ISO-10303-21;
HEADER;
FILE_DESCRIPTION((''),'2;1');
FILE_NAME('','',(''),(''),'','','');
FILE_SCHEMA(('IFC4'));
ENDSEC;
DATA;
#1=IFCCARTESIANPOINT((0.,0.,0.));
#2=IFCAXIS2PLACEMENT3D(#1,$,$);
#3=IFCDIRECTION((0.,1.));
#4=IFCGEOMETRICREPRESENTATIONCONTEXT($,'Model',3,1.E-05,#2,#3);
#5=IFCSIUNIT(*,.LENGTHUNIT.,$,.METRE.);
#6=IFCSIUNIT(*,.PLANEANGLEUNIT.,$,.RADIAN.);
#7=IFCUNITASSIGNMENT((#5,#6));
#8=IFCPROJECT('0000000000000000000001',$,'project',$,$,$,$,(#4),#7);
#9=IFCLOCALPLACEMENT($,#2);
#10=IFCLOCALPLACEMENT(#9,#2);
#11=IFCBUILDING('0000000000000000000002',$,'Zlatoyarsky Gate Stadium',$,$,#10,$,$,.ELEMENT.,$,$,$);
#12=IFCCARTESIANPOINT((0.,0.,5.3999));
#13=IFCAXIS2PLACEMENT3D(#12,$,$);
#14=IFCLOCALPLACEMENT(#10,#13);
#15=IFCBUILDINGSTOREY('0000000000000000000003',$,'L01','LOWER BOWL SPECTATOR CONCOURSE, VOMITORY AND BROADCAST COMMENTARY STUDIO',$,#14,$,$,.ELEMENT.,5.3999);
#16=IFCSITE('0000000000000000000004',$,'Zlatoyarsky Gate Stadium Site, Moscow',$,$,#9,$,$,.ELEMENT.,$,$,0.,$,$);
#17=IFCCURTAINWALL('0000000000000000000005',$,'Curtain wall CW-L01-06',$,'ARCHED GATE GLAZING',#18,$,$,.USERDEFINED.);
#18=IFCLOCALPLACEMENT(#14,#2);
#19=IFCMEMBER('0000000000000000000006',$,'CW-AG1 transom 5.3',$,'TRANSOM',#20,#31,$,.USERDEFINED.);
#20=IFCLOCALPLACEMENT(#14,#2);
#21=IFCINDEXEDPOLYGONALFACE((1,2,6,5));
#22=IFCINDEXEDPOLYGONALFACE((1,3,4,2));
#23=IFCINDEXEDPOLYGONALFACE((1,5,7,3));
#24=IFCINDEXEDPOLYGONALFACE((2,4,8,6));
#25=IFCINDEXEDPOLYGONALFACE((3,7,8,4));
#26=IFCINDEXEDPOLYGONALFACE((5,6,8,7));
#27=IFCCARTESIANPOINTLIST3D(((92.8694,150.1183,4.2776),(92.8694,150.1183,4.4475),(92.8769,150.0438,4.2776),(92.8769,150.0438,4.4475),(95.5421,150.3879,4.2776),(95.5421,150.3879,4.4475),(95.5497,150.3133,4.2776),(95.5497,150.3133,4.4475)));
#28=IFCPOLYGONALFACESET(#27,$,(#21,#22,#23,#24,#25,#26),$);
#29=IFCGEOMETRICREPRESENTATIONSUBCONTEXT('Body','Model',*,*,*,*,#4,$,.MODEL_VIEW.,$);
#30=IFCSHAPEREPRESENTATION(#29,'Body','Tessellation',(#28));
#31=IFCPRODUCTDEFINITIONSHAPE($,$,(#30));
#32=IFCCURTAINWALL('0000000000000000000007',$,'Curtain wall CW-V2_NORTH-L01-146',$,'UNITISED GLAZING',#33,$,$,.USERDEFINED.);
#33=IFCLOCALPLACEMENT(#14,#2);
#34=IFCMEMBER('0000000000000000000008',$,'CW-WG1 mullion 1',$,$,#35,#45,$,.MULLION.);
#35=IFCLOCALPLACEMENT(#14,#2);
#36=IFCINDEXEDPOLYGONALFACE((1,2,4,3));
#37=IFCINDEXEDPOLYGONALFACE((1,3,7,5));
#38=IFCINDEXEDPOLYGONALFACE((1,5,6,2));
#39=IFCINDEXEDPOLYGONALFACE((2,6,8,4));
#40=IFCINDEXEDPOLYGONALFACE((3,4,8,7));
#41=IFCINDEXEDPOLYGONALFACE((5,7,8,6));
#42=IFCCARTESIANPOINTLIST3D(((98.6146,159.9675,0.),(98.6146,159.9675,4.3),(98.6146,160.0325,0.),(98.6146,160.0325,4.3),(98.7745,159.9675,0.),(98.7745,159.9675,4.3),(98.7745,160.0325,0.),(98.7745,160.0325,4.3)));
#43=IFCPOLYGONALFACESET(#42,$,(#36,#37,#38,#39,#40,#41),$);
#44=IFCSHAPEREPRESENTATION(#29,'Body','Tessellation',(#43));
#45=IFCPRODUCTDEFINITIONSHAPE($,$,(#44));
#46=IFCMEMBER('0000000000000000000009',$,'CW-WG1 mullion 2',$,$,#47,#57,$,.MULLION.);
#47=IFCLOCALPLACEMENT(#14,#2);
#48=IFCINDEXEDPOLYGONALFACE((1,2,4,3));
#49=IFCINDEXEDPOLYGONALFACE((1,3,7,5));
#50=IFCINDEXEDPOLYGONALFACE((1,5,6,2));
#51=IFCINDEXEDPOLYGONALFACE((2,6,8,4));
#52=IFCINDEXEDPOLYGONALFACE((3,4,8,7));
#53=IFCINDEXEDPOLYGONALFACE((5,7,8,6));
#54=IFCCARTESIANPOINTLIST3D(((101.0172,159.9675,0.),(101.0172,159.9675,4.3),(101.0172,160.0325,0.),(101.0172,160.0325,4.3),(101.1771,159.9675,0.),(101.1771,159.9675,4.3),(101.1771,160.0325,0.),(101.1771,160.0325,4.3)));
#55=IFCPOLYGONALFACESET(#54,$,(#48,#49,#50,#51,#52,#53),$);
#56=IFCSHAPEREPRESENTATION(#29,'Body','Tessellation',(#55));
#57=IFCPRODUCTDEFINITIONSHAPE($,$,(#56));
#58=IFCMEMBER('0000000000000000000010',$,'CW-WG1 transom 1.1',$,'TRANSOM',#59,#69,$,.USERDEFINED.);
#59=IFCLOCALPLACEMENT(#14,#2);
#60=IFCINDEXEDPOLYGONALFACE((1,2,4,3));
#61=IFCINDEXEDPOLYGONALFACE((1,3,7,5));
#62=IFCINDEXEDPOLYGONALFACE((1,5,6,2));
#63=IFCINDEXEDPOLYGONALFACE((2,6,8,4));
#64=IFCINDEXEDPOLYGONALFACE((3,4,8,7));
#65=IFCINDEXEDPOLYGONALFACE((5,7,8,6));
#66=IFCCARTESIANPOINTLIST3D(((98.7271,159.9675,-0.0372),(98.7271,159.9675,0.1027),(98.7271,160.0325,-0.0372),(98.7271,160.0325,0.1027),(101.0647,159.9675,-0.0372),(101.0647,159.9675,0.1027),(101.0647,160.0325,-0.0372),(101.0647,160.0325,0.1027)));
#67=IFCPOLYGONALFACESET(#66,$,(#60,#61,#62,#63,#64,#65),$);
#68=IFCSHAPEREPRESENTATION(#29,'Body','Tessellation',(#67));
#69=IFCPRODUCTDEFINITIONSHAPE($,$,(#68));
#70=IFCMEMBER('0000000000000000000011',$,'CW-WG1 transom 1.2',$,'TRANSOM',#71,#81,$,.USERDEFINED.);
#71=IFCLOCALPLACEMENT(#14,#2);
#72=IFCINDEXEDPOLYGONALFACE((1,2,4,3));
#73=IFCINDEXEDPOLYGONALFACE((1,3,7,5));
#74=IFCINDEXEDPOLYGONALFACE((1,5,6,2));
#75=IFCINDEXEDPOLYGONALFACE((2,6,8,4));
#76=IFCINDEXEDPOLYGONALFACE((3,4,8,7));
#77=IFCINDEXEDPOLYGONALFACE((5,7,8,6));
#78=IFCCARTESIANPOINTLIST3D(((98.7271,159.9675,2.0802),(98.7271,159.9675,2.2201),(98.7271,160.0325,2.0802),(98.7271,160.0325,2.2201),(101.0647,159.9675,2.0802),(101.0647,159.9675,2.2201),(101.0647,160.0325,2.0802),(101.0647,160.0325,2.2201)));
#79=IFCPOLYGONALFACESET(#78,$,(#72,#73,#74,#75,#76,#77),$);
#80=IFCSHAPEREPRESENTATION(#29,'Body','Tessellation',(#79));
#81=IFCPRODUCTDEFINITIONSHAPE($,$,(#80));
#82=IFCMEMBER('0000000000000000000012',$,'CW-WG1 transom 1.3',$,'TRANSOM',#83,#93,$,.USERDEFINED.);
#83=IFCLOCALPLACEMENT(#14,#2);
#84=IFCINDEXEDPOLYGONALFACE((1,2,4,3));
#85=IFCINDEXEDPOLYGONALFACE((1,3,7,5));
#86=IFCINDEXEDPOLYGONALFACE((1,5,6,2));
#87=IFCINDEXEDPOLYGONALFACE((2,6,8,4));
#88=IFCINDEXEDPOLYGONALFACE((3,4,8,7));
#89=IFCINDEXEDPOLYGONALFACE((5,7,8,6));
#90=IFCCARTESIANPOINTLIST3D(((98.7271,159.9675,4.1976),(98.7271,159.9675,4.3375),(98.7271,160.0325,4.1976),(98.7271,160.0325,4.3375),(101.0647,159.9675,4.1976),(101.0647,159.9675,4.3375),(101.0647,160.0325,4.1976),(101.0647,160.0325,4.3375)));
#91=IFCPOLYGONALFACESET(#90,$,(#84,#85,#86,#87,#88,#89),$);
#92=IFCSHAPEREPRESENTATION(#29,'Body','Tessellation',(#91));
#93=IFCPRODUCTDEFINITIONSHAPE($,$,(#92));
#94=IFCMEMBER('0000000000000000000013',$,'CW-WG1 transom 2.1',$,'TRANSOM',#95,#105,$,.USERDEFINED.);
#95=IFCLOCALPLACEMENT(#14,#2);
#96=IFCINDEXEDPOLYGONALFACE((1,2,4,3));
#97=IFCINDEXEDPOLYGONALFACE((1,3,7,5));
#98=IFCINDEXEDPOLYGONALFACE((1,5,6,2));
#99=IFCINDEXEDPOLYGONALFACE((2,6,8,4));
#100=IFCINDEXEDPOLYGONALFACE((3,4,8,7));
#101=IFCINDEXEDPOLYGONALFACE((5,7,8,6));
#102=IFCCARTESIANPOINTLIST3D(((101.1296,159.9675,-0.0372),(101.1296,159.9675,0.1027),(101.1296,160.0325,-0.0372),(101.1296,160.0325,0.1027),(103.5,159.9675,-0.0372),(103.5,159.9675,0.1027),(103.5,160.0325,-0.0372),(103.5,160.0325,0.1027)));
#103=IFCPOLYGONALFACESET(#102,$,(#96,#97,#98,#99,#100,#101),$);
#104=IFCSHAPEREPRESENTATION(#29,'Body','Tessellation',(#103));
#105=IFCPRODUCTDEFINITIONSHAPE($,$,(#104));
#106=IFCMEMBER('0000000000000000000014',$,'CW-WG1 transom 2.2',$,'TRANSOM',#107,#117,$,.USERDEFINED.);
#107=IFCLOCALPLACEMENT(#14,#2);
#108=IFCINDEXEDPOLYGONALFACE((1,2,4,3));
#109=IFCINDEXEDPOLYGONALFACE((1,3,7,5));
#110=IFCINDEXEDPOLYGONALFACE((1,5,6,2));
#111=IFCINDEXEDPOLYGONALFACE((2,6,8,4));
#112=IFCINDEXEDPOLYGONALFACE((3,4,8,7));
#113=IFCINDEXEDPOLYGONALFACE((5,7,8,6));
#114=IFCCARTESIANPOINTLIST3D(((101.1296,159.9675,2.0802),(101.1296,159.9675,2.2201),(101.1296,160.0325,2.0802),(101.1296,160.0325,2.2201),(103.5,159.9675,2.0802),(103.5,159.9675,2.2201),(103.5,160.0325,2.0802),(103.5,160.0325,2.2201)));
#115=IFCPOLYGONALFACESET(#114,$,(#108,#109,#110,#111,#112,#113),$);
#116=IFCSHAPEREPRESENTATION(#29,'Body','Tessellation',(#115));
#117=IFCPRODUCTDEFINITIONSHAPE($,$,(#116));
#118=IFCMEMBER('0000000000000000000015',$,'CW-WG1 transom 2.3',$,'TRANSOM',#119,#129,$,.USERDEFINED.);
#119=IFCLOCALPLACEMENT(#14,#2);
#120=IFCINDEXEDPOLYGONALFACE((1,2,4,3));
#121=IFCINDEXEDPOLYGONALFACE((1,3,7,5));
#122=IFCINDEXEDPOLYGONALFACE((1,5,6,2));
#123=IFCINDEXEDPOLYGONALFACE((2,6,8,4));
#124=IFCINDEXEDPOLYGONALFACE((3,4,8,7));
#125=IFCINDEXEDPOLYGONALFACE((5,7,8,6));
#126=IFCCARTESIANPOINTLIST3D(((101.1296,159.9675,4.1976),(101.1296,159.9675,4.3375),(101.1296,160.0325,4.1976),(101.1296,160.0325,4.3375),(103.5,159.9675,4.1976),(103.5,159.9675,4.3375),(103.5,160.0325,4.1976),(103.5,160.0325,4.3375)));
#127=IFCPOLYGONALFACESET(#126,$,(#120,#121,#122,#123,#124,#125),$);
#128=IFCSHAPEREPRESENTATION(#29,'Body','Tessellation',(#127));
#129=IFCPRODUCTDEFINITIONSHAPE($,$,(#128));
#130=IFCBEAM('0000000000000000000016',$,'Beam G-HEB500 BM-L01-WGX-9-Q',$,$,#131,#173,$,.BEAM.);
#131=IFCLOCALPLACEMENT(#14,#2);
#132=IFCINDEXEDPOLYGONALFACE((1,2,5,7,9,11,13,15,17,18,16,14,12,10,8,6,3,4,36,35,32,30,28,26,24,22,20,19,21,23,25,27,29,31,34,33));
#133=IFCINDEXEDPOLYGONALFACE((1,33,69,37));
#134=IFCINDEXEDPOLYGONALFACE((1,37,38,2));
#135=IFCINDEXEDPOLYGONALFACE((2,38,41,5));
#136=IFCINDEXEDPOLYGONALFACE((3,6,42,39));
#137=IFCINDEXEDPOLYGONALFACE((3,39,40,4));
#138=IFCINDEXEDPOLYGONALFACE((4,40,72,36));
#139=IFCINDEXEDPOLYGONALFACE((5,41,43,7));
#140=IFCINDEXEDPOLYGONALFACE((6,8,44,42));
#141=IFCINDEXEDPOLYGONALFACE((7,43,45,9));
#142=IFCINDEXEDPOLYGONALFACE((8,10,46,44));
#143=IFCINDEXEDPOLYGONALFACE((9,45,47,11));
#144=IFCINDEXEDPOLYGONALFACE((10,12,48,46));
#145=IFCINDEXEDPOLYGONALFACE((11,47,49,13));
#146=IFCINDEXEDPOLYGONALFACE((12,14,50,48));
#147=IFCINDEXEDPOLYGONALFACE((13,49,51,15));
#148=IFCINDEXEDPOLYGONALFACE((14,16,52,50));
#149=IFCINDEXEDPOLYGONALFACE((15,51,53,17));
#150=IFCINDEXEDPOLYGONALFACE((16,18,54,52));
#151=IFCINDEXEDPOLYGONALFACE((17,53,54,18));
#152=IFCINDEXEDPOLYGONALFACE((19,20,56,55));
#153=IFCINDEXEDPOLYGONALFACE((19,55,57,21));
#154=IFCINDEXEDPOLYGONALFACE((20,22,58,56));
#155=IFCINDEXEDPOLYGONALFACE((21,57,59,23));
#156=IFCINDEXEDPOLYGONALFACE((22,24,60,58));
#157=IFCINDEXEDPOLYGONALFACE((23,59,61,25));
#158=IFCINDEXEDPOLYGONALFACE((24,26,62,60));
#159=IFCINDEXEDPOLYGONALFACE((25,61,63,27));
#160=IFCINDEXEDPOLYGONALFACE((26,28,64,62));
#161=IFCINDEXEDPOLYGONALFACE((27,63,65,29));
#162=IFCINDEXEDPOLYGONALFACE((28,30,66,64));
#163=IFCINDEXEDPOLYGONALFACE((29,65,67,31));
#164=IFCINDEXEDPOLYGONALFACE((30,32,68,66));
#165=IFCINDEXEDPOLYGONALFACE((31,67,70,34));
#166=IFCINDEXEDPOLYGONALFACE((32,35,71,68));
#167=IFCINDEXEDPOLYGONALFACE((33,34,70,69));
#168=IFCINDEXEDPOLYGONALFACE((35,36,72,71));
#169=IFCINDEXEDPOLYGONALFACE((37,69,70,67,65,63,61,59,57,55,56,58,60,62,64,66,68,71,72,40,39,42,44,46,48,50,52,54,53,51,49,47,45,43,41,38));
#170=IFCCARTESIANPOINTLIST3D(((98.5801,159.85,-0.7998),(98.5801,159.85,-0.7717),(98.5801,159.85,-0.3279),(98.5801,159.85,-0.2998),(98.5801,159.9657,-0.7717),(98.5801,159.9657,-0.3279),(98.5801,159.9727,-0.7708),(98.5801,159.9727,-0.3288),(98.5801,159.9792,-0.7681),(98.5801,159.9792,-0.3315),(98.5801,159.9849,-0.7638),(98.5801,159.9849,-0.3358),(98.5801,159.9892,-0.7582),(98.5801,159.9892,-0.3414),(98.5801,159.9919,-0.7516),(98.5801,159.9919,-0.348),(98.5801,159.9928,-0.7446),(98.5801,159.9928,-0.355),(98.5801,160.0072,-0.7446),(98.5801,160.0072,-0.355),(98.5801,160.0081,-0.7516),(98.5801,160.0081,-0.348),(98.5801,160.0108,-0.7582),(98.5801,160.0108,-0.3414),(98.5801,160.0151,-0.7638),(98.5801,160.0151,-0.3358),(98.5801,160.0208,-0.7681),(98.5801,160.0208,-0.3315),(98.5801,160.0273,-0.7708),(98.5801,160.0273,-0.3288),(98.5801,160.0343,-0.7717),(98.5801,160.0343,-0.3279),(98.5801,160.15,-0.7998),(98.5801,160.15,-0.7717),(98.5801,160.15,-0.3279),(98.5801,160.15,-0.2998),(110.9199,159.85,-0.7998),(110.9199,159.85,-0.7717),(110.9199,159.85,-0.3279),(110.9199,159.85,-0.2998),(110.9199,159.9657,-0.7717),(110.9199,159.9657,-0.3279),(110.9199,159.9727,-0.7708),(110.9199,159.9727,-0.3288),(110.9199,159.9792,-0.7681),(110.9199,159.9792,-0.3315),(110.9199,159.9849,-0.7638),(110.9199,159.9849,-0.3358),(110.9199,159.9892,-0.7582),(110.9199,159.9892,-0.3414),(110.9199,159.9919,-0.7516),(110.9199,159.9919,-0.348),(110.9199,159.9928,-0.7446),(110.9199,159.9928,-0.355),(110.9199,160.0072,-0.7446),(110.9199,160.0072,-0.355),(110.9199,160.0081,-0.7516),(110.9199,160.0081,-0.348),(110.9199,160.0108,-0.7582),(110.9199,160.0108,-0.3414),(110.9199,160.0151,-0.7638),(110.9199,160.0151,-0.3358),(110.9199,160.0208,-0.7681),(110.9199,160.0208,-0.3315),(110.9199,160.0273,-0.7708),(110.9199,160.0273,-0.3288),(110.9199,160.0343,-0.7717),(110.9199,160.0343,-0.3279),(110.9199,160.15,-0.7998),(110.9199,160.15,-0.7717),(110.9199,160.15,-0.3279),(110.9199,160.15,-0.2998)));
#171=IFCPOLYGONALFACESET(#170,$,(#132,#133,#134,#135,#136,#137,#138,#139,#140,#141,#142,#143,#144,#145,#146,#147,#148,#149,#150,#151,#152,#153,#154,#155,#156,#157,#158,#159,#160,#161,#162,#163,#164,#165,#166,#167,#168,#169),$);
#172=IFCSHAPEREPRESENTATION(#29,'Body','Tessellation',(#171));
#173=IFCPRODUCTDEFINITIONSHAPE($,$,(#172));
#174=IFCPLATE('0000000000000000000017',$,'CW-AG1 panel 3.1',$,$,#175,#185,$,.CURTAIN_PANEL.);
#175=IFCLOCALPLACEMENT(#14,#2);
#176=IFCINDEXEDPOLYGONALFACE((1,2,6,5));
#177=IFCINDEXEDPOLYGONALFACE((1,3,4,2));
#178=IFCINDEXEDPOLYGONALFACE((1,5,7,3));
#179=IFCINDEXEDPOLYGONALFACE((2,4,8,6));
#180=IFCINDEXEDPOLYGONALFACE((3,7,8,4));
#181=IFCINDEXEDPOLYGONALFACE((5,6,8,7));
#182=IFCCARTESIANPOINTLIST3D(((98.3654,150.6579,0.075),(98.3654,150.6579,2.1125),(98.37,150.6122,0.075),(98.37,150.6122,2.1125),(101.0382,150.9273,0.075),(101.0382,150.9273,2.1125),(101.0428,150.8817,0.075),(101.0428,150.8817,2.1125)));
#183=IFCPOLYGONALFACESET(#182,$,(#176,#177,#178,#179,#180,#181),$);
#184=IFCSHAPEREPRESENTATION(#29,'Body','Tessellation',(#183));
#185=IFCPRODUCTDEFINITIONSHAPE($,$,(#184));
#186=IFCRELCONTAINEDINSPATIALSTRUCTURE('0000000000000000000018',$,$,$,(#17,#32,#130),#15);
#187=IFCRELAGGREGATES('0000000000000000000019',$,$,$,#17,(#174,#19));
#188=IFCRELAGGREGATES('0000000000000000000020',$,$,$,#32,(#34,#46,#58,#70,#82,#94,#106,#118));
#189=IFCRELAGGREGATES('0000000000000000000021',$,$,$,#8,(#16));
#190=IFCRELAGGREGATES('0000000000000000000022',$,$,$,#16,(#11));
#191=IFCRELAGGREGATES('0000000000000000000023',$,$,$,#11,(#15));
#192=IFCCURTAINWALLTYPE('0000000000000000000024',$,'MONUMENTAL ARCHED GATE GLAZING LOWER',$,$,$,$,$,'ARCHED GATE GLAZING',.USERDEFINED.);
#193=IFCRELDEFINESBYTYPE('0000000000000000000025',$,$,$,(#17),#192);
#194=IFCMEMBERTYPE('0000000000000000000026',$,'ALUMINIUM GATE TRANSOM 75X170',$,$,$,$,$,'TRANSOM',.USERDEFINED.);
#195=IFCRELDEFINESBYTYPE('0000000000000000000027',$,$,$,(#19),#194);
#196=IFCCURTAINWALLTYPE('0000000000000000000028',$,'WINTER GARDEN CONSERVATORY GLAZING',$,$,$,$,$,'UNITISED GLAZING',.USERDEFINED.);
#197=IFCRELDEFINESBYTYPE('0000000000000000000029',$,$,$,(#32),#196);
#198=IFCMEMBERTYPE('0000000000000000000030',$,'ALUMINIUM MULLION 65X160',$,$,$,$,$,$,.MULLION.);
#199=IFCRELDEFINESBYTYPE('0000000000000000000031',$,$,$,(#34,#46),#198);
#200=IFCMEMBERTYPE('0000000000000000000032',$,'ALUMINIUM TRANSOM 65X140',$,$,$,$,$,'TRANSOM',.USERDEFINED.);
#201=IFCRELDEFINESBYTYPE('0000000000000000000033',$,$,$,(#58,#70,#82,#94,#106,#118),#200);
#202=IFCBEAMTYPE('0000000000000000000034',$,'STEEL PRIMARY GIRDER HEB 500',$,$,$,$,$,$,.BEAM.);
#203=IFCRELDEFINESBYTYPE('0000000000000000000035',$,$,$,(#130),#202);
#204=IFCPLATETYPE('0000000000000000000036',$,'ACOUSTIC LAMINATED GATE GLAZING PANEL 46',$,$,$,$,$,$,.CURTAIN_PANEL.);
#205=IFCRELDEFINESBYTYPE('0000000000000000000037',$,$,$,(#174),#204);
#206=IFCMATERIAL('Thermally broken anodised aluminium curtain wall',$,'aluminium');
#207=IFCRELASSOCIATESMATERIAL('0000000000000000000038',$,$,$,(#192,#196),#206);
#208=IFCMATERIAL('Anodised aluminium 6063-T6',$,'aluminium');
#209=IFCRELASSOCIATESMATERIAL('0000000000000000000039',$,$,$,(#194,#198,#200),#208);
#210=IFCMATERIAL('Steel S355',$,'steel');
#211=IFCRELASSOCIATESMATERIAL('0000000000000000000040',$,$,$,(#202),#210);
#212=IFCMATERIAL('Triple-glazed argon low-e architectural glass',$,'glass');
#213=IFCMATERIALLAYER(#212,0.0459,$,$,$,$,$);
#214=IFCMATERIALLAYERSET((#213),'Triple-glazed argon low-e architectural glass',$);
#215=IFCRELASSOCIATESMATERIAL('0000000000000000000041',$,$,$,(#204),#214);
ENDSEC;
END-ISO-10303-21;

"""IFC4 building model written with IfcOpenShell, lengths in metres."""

from ifc_helpers import new_model, si_unit, direction, frame, origin, origin_2d, place, context, subcontext, project, spatial, rectangle, i_section, extrude, material, layer, layer_set, material_profile, profile_set, type_object, element, aggregate, save


model = new_model("IFC4")

# Units and contexts
model_context = context("Model", 3, precision=1e-05, world=origin(), true_north=direction((0.0, 1.0)))
body_context = subcontext(model_context, "Body", "Model", "MODEL_VIEW")
ifc_project = project(units=[si_unit("LENGTHUNIT", "METRE"), si_unit("PLANEANGLEUNIT", "RADIAN")], contexts=[model_context])

# Site, building, storey
site_placement = place(None, origin())
site = spatial("IfcSite", under=ifc_project, at=site_placement, Name="Zlatoyarsky Gate Stadium Site, Moscow", CompositionType="ELEMENT", RefElevation=0.0)
building_placement = place(site_placement, origin())
building = spatial("IfcBuilding", under=site, at=building_placement, Name="Zlatoyarsky Gate Stadium", CompositionType="ELEMENT")
storey_placement = place(building_placement, frame((0.0, 0.0, 5.3999)))
storey = spatial("IfcBuildingStorey", under=building, at=storey_placement, Name="L01", Description="LOWER BOWL SPECTATOR CONCOURSE, VOMITORY AND BROADCAST COMMENTARY STUDIO", CompositionType="ELEMENT", Elevation=5.3999)

# Shared definitions
ifc_material_1 = material(Name="Steel S355", Category="steel")

# Curtain walls, members
ifc_material_2 = material(Name="Thermally broken anodised aluminium curtain wall", Category="aluminium")
curtain_wall_type_1 = type_object("IfcCurtainWallType", Name="MONUMENTAL ARCHED GATE GLAZING LOWER", ElementType="ARCHED GATE GLAZING", PredefinedType="USERDEFINED", material=ifc_material_2)
curtain_wall_1_placement = place(storey_placement, origin())
curtain_wall_1 = element("IfcCurtainWall", 1, at=curtain_wall_1_placement, inside=storey, type_object=curtain_wall_type_1, Name="Curtain wall CW-L01-06", ObjectType="ARCHED GATE GLAZING", PredefinedType="USERDEFINED")
ifc_material_3 = material(Name="Anodised aluminium 6063-T6", Category="aluminium")
ifc_material_profile_1 = material_profile(ifc_material_3, rectangle(XDim=0.075, YDim=0.1699, at=origin_2d()), Name="ALU 75X170")
ifc_profile_set_1 = profile_set([ifc_material_profile_1], Name="Anodised aluminium 6063-T6")
member_type_1 = type_object("IfcMemberType", Name="ALUMINIUM GATE TRANSOM 75X170", ElementType="TRANSOM", PredefinedType="USERDEFINED", material=ifc_profile_set_1)
member_1_placement = place(storey_placement, frame((95.5459, 150.3506, 4.3625), z_axis=(-0.994953, -0.100341, 0.0), x_axis=(0.100341, -0.994953, 0.0)))
member_1 = element("IfcMember", 2, at=member_1_placement, type_object=member_type_1, Name="CW-AG1 transom 5.3", ObjectType="TRANSOM", PredefinedType="USERDEFINED", context=body_context, shape_type="SweptSolid", body=[
    extrude(rectangle(XDim=0.075, YDim=0.1699, at=origin_2d()), origin(), (0.0, 0.0, 1.0), 2.6863),
])
curtain_wall_type_2 = type_object("IfcCurtainWallType", Name="WINTER GARDEN CONSERVATORY GLAZING", ElementType="UNITISED GLAZING", PredefinedType="USERDEFINED", material=ifc_material_2)
curtain_wall_2_placement = place(storey_placement, origin())
curtain_wall_2 = element("IfcCurtainWall", 3, at=curtain_wall_2_placement, inside=storey, type_object=curtain_wall_type_2, Name="Curtain wall CW-V2_NORTH-L01-146", ObjectType="UNITISED GLAZING", PredefinedType="USERDEFINED")
ifc_material_profile_2 = material_profile(ifc_material_3, rectangle(XDim=0.0649, YDim=0.1599, at=origin_2d()), Name="ALU 65X160")
ifc_profile_set_2 = profile_set([ifc_material_profile_2], Name="Anodised aluminium 6063-T6")
member_type_2 = type_object("IfcMemberType", Name="ALUMINIUM MULLION 65X160", PredefinedType="MULLION", material=ifc_profile_set_2)
member_2_placement = place(storey_placement, frame((98.6946, 160.0, 0.0), z_axis=(0.0, 0.0, 1.0), x_axis=(0.0, 1.0, 0.0)))
member_2 = element("IfcMember", 4, at=member_2_placement, type_object=member_type_2, Name="CW-WG1 mullion 1", PredefinedType="MULLION", context=body_context, shape_type="SweptSolid", body=[
    extrude(rectangle(XDim=0.0649, YDim=0.1599, at=origin_2d()), origin(), (0.0, 0.0, 1.0), 4.3),
])
member_3_placement = place(storey_placement, frame((101.0972, 160.0, 0.0), z_axis=(0.0, 0.0, 1.0), x_axis=(0.0, 1.0, 0.0)))
member_3 = element("IfcMember", 5, at=member_3_placement, type_object=member_type_2, Name="CW-WG1 mullion 2", PredefinedType="MULLION", context=body_context, shape_type="SweptSolid", body=[
    extrude(rectangle(XDim=0.0649, YDim=0.1599, at=origin_2d()), origin(), (0.0, 0.0, 1.0), 4.3),
])
ifc_material_profile_3 = material_profile(ifc_material_3, rectangle(XDim=0.0649, YDim=0.1399, at=origin_2d()), Name="ALU 65X140")
ifc_profile_set_3 = profile_set([ifc_material_profile_3], Name="Anodised aluminium 6063-T6")
member_type_3 = type_object("IfcMemberType", Name="ALUMINIUM TRANSOM 65X140", ElementType="TRANSOM", PredefinedType="USERDEFINED", material=ifc_profile_set_3)
member_4_placement = place(storey_placement, frame((98.7271, 160.0, 0.0327), z_axis=(1.0, 0.0, 0.0), x_axis=(0.0, 1.0, 0.0)))
member_4 = element("IfcMember", 6, at=member_4_placement, type_object=member_type_3, Name="CW-WG1 transom 1.1", ObjectType="TRANSOM", PredefinedType="USERDEFINED", context=body_context, shape_type="SweptSolid", body=[
    extrude(rectangle(XDim=0.0649, YDim=0.1399, at=origin_2d()), origin(), (0.0, 0.0, 1.0), 2.3376),
])
member_5_placement = place(storey_placement, frame((98.7271, 160.0, 2.1501), z_axis=(1.0, 0.0, 0.0), x_axis=(0.0, 1.0, 0.0)))
member_5 = element("IfcMember", 7, at=member_5_placement, type_object=member_type_3, Name="CW-WG1 transom 1.2", ObjectType="TRANSOM", PredefinedType="USERDEFINED", context=body_context, shape_type="SweptSolid", body=[
    extrude(rectangle(XDim=0.0649, YDim=0.1399, at=origin_2d()), origin(), (0.0, 0.0, 1.0), 2.3376),
])
member_6_placement = place(storey_placement, frame((98.7271, 160.0, 4.2676), z_axis=(1.0, 0.0, 0.0), x_axis=(0.0, 1.0, 0.0)))
member_6 = element("IfcMember", 8, at=member_6_placement, type_object=member_type_3, Name="CW-WG1 transom 1.3", ObjectType="TRANSOM", PredefinedType="USERDEFINED", context=body_context, shape_type="SweptSolid", body=[
    extrude(rectangle(XDim=0.0649, YDim=0.1399, at=origin_2d()), origin(), (0.0, 0.0, 1.0), 2.3376),
])
member_7_placement = place(storey_placement, frame((101.1296, 160.0, 0.0327), z_axis=(1.0, 0.0, 0.0), x_axis=(0.0, 1.0, 0.0)))
member_7 = element("IfcMember", 9, at=member_7_placement, type_object=member_type_3, Name="CW-WG1 transom 2.1", ObjectType="TRANSOM", PredefinedType="USERDEFINED", context=body_context, shape_type="SweptSolid", body=[
    extrude(rectangle(XDim=0.0649, YDim=0.1399, at=origin_2d()), origin(), (0.0, 0.0, 1.0), 2.3704),
])
member_8_placement = place(storey_placement, frame((101.1296, 160.0, 2.1501), z_axis=(1.0, 0.0, 0.0), x_axis=(0.0, 1.0, 0.0)))
member_8 = element("IfcMember", 10, at=member_8_placement, type_object=member_type_3, Name="CW-WG1 transom 2.2", ObjectType="TRANSOM", PredefinedType="USERDEFINED", context=body_context, shape_type="SweptSolid", body=[
    extrude(rectangle(XDim=0.0649, YDim=0.1399, at=origin_2d()), origin(), (0.0, 0.0, 1.0), 2.3704),
])
member_9_placement = place(storey_placement, frame((101.1296, 160.0, 4.2676), z_axis=(1.0, 0.0, 0.0), x_axis=(0.0, 1.0, 0.0)))
member_9 = element("IfcMember", 11, at=member_9_placement, type_object=member_type_3, Name="CW-WG1 transom 2.3", ObjectType="TRANSOM", PredefinedType="USERDEFINED", context=body_context, shape_type="SweptSolid", body=[
    extrude(rectangle(XDim=0.0649, YDim=0.1399, at=origin_2d()), origin(), (0.0, 0.0, 1.0), 2.3704),
])

# Beam
ifc_material_profile_4 = material_profile(ifc_material_1, i_section(OverallWidth=0.3, OverallDepth=0.5, WebThickness=0.0144, FlangeThickness=0.0281, FilletRadius=0.0271, at=origin_2d()), Name="HEB 500")
ifc_profile_set_4 = profile_set([ifc_material_profile_4], Name="Steel S355")
beam_type = type_object("IfcBeamType", Name="STEEL PRIMARY GIRDER HEB 500", PredefinedType="BEAM", material=ifc_profile_set_4)
beam_placement = place(storey_placement, frame((98.5801, 160.0, -0.5498), z_axis=(1.0, 0.0, 0.0), x_axis=(0.0, 1.0, 0.0)))
element("IfcBeam", 12, at=beam_placement, inside=storey, type_object=beam_type, Name="Beam G-HEB500 BM-L01-WGX-9-Q", PredefinedType="BEAM", context=body_context, shape_type="SweptSolid", body=[
    extrude(i_section(OverallWidth=0.3, OverallDepth=0.5, WebThickness=0.0144, FlangeThickness=0.0281, FilletRadius=0.0271, at=origin_2d()), origin(), (0.0, 0.0, 1.0), 12.3398),
])

# Plate
ifc_material_4 = material(Name="Triple-glazed argon low-e architectural glass", Category="glass")
ifc_layer_1 = layer(ifc_material_4, 0.0459)
ifc_layer_set_1 = layer_set([ifc_layer_1], Name="Triple-glazed argon low-e architectural glass")
plate_type_1 = type_object("IfcPlateType", Name="ACOUSTIC LAMINATED GATE GLAZING PANEL 46", PredefinedType="CURTAIN_PANEL", material=ifc_layer_set_1)
plate_1_placement = place(storey_placement, frame((99.7041, 150.7698, 0.075), z_axis=(0.0, 0.0, 1.0), x_axis=(-0.994957, -0.100303, 0.0)))
plate_1 = element("IfcPlate", 13, at=plate_1_placement, type_object=plate_type_1, Name="CW-AG1 panel 3.1", PredefinedType="CURTAIN_PANEL", context=body_context, shape_type="SweptSolid", body=[
    extrude(rectangle(XDim=2.6863, YDim=0.0459, at=origin_2d()), origin(), (0.0, 0.0, 1.0), 2.0376),
])
aggregate(curtain_wall_1, [plate_1, member_1])
aggregate(curtain_wall_2, [member_2, member_3, member_4, member_5, member_6, member_7, member_8, member_9])

save(model, "model.ifc")
